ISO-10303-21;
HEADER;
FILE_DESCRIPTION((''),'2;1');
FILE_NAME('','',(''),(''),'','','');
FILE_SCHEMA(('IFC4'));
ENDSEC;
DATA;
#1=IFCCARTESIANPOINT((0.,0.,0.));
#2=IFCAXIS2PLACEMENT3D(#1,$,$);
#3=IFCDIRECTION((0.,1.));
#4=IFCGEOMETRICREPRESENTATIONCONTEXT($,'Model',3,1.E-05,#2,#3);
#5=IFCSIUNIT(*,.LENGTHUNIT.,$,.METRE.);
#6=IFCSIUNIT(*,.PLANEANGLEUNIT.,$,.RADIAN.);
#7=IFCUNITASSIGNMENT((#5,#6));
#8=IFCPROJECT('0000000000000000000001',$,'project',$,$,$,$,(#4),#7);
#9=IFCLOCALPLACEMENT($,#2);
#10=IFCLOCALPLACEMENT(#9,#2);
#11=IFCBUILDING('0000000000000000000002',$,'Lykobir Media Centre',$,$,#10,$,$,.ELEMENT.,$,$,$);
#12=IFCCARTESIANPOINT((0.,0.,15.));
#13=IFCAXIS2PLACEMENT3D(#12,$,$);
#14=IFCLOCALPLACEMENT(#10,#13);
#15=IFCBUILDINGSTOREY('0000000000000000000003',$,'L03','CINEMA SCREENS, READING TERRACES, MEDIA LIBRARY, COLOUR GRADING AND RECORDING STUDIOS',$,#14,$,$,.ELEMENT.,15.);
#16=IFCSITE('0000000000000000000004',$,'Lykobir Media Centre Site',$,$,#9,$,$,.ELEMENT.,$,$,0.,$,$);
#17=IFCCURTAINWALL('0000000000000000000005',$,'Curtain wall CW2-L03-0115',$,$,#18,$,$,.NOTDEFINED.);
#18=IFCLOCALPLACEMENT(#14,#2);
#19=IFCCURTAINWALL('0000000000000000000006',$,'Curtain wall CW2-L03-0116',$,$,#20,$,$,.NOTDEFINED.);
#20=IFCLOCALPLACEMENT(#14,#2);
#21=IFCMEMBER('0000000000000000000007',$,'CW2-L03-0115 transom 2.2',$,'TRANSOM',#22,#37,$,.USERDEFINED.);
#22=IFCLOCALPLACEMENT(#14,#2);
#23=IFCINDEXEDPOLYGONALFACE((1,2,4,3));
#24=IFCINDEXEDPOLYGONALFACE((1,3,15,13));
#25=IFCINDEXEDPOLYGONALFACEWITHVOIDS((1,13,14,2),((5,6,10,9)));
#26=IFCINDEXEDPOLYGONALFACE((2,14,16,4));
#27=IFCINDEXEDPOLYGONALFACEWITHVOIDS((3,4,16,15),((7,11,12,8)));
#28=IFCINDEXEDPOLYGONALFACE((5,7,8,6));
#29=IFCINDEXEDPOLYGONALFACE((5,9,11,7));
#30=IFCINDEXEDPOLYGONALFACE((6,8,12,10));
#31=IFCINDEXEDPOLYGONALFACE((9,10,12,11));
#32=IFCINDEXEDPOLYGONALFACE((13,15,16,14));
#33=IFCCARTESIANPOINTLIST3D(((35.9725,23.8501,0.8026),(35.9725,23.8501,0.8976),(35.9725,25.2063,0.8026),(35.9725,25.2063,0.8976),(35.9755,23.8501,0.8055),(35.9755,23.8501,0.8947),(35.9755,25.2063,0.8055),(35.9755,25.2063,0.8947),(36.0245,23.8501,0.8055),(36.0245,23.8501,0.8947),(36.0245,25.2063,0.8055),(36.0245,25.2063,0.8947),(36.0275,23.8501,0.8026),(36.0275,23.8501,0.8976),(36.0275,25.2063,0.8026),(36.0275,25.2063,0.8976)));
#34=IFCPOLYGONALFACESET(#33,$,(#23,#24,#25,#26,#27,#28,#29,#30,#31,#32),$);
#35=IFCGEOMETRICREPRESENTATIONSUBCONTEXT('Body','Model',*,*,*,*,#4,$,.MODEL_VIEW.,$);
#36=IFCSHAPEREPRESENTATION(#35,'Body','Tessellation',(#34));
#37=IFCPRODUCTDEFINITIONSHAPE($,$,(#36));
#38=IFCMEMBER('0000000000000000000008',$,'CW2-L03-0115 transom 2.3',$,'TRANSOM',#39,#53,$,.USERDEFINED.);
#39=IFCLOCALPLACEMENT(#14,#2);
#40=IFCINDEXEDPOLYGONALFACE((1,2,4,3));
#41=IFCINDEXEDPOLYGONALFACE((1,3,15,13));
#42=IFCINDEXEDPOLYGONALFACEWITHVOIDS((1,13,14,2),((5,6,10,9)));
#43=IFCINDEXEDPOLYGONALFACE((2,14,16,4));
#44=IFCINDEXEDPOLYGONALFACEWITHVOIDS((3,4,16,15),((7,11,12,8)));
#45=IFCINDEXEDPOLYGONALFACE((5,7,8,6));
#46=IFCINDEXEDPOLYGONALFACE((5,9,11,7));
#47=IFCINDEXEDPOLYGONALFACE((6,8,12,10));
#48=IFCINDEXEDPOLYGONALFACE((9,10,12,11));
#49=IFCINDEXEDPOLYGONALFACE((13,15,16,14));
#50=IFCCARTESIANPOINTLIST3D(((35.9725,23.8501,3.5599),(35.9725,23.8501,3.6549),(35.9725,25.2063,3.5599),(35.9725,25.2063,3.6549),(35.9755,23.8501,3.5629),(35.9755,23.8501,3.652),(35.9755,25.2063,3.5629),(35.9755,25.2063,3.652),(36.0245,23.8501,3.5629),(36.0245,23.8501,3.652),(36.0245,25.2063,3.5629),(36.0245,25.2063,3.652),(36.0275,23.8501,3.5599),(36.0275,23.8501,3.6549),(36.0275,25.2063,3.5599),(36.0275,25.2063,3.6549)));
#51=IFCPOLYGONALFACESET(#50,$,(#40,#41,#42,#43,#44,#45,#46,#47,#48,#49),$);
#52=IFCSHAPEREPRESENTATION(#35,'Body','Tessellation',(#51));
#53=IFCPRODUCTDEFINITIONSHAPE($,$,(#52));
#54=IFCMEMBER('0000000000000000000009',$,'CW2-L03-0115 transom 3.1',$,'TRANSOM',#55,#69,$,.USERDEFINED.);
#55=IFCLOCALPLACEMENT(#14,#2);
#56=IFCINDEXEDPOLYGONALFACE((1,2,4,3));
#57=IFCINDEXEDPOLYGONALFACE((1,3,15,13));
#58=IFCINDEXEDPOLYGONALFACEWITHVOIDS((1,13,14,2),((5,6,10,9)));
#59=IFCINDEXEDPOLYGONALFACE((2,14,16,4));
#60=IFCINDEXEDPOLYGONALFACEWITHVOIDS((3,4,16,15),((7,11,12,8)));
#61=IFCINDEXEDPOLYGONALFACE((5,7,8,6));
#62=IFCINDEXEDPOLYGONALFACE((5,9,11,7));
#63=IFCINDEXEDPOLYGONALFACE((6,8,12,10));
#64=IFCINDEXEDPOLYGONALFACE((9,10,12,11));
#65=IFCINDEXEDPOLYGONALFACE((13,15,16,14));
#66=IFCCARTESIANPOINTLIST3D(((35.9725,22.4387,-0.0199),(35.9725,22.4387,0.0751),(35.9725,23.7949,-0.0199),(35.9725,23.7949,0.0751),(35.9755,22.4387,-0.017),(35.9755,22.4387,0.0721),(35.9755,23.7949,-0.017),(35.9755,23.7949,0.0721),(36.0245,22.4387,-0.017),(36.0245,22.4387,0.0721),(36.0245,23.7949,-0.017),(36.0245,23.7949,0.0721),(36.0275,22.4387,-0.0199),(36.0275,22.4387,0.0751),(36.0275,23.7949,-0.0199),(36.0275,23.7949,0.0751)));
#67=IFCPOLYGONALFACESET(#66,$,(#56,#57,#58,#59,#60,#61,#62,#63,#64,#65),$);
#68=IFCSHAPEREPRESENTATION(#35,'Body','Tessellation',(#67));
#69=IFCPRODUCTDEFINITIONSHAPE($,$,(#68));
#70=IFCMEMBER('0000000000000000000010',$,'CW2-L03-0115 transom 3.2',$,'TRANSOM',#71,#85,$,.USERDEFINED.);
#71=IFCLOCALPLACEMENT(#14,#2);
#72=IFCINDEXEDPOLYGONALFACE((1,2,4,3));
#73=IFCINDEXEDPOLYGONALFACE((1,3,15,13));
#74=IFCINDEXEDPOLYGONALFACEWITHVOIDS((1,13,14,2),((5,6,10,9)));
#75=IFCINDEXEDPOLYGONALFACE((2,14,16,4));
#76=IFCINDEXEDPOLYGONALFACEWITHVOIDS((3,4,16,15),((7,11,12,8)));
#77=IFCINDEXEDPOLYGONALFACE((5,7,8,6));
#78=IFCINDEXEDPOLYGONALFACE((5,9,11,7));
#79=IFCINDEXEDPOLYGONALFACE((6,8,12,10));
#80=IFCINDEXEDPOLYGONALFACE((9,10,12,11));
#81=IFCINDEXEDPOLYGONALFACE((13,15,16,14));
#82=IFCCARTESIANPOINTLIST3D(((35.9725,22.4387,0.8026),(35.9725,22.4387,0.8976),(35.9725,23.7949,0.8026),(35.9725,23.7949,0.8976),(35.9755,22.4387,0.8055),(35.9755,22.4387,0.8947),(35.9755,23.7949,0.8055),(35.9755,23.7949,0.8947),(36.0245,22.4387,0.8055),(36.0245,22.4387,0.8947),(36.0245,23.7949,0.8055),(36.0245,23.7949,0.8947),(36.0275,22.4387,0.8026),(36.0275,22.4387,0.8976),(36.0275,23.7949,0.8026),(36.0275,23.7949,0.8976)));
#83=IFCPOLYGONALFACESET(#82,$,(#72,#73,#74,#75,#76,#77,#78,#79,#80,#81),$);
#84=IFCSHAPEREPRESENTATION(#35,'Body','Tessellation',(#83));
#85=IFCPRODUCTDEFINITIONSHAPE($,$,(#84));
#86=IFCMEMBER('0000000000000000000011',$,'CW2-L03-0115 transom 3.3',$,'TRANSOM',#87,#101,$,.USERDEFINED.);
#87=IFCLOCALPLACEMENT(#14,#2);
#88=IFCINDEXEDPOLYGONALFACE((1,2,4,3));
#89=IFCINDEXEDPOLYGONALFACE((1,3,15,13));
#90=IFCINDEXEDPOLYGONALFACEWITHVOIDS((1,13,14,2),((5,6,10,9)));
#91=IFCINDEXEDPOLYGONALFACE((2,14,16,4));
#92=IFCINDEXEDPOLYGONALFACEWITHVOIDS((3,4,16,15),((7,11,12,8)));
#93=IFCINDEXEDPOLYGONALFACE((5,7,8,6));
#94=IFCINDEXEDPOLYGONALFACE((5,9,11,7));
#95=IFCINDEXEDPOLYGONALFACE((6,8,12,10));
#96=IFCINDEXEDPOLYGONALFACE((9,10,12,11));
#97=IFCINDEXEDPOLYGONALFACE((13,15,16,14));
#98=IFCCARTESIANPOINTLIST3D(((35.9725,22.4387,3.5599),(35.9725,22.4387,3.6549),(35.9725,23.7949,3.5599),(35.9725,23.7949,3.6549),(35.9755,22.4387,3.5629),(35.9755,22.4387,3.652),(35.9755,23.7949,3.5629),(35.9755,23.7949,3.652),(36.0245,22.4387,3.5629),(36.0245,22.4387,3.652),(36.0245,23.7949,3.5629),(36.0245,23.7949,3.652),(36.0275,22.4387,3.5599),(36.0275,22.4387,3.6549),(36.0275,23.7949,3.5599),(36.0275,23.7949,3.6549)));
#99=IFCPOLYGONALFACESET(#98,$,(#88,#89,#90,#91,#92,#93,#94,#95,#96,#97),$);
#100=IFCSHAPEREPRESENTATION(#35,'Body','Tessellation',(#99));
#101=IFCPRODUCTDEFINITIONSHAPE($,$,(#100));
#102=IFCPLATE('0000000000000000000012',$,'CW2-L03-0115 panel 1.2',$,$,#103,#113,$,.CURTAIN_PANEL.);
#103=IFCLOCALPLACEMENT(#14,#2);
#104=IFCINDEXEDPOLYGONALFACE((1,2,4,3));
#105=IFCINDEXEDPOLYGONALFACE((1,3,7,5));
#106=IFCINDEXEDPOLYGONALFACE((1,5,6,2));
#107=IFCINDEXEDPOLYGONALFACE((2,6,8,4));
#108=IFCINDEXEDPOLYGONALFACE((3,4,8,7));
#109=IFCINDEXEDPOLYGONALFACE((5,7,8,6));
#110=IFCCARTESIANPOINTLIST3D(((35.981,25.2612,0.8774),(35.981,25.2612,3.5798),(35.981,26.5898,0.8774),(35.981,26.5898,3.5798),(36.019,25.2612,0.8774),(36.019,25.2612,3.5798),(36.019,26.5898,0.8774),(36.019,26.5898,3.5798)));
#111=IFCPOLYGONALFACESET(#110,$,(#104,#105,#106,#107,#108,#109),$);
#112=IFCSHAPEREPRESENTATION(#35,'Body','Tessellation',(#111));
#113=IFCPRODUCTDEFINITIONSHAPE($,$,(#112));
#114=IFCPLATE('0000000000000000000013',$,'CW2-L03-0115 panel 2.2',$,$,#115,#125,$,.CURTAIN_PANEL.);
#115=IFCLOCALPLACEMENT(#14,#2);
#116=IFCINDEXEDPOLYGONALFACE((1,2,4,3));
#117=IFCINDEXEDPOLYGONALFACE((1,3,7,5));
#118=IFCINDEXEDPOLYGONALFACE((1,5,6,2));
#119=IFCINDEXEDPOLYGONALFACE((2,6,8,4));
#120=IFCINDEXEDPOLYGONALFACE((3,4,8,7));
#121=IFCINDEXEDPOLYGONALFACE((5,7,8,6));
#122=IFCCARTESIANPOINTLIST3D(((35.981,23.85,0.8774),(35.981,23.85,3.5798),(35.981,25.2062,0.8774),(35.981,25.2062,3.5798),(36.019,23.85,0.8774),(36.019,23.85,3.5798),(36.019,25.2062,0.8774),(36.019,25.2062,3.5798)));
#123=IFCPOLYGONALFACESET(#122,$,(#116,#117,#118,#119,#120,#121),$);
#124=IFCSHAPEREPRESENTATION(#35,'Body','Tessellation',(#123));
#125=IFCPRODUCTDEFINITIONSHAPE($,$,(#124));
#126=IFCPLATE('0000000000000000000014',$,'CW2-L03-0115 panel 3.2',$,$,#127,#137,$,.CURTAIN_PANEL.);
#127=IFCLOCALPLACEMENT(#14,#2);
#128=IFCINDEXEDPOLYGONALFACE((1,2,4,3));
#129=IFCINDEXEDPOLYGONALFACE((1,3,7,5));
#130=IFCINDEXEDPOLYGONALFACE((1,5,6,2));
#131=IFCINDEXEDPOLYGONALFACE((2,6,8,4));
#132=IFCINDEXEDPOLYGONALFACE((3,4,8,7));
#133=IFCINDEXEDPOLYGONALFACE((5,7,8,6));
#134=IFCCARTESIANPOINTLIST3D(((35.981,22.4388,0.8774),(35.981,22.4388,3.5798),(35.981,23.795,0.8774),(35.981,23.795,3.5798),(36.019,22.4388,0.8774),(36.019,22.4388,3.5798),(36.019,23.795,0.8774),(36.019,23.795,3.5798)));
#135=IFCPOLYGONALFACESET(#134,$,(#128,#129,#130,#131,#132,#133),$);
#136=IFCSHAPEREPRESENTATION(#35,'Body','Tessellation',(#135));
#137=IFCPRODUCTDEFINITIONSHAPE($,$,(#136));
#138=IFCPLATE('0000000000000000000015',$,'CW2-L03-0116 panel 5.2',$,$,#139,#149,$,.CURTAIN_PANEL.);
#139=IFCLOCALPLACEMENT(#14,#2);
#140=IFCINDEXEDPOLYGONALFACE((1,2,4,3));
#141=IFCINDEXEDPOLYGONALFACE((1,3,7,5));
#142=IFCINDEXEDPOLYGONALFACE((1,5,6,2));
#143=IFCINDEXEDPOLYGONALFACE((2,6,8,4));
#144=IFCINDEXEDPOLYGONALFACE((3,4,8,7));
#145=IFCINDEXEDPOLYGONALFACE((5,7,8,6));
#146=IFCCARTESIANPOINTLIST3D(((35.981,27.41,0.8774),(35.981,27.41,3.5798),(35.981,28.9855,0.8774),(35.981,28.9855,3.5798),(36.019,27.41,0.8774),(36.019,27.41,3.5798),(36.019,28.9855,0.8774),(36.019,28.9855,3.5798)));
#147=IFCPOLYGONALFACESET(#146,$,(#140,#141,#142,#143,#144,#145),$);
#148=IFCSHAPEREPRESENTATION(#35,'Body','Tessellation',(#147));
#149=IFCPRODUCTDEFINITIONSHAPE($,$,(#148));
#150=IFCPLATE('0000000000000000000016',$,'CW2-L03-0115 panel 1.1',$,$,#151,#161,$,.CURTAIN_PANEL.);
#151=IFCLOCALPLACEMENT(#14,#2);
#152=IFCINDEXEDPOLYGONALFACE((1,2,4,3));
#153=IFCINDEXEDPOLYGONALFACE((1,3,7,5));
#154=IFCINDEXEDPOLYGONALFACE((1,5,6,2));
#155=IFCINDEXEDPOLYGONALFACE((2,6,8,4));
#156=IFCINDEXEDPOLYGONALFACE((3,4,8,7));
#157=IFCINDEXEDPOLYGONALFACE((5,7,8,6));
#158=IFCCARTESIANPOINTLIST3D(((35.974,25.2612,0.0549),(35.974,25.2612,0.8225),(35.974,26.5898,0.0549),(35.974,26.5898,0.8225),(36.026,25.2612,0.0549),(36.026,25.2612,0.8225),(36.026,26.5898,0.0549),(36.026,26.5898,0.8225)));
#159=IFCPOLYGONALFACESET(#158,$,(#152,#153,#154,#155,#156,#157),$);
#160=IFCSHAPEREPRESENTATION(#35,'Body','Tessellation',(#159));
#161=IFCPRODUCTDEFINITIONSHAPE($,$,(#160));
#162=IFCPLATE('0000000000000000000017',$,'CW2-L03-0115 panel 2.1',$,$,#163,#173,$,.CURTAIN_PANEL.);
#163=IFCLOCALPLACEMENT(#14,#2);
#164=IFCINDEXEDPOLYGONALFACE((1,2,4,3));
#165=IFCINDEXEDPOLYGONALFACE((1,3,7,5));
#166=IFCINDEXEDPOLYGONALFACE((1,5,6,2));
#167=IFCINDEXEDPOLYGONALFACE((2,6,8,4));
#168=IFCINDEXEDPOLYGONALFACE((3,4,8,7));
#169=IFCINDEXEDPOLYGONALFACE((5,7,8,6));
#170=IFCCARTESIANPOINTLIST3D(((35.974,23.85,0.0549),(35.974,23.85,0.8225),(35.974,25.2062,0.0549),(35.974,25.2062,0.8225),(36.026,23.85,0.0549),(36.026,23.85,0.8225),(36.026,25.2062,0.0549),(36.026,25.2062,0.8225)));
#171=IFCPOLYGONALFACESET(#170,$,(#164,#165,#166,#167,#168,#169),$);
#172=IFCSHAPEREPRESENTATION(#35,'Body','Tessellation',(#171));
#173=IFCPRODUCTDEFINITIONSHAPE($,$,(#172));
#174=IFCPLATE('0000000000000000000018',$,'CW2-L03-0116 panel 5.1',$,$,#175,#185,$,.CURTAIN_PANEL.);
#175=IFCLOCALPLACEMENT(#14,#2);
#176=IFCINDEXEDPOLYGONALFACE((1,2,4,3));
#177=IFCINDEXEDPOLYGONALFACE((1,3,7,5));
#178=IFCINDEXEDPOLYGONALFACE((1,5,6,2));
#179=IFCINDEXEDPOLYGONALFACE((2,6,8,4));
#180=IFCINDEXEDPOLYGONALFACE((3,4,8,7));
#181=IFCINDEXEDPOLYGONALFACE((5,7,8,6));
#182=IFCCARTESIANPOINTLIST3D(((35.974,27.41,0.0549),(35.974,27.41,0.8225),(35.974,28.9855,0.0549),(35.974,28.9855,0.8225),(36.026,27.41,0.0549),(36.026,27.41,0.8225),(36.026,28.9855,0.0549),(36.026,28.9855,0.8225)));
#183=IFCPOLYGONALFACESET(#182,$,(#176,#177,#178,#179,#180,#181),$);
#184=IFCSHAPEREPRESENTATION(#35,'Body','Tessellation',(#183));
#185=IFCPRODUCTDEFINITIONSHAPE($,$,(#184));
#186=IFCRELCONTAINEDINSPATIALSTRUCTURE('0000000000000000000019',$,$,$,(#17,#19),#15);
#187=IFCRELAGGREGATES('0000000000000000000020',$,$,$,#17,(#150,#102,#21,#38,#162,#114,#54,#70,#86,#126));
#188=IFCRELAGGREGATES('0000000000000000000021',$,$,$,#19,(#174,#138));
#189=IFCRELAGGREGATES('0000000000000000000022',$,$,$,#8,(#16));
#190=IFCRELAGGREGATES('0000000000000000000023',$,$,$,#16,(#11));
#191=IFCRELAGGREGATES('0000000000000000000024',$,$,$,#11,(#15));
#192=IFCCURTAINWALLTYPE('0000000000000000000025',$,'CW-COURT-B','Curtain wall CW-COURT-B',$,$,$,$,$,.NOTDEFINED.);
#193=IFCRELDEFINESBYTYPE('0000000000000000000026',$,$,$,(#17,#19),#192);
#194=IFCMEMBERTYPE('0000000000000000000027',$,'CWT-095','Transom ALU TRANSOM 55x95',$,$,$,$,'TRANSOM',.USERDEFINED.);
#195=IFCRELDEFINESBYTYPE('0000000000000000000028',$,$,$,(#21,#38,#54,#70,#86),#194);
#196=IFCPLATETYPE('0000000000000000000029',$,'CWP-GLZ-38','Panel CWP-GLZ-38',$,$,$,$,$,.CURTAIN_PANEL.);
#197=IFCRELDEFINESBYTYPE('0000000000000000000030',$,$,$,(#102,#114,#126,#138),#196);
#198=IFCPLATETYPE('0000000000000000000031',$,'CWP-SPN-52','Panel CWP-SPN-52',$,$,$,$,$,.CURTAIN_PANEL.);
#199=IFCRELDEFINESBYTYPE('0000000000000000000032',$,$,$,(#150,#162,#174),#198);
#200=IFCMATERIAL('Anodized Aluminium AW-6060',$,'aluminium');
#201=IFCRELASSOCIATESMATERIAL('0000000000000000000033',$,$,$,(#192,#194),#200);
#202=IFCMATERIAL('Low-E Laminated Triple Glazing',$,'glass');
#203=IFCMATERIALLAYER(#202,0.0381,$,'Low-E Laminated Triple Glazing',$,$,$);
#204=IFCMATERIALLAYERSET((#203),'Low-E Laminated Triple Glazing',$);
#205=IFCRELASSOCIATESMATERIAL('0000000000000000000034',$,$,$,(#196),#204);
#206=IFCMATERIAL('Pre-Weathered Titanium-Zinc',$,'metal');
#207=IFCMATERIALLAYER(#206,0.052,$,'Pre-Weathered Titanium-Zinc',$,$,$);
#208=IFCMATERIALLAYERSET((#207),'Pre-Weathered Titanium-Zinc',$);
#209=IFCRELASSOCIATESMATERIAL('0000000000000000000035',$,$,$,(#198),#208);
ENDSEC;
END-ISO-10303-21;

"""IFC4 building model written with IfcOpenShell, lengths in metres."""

from ifc_helpers import new_model, si_unit, direction, frame, origin, origin_2d, place, context, subcontext, project, spatial, rectangle, hollow_rectangle, extrude, material, layer, layer_set, material_profile, profile_set, type_object, element, aggregate, save


model = new_model("IFC4")

# Units and contexts
model_context = context("Model", 3, precision=1e-05, world=origin(), true_north=direction((0.0, 1.0)))
body_context = subcontext(model_context, "Body", "Model", "MODEL_VIEW")
ifc_project = project(units=[si_unit("LENGTHUNIT", "METRE"), si_unit("PLANEANGLEUNIT", "RADIAN")], contexts=[model_context])

# Site, building, storey
site_placement = place(None, origin())
site = spatial("IfcSite", under=ifc_project, at=site_placement, Name="Lykobir Media Centre Site", CompositionType="ELEMENT", RefElevation=0.0)
building_placement = place(site_placement, origin())
building = spatial("IfcBuilding", under=site, at=building_placement, Name="Lykobir Media Centre", CompositionType="ELEMENT")
storey_placement = place(building_placement, frame((0.0, 0.0, 15.0)))
storey = spatial("IfcBuildingStorey", under=building, at=storey_placement, Name="L03", Description="CINEMA SCREENS, READING TERRACES, MEDIA LIBRARY, COLOUR GRADING AND RECORDING STUDIOS", CompositionType="ELEMENT", Elevation=15.0)

# Curtain wall
ifc_material_1 = material(Name="Anodized Aluminium AW-6060", Category="aluminium")
curtain_wall_type = type_object("IfcCurtainWallType", Name="CW-COURT-B", Description="Curtain wall CW-COURT-B", PredefinedType="NOTDEFINED", material=ifc_material_1)
curtain_wall_1_placement = place(storey_placement, origin())
curtain_wall_1 = element("IfcCurtainWall", 1, at=curtain_wall_1_placement, inside=storey, type_object=curtain_wall_type, Name="Curtain wall CW2-L03-0115", PredefinedType="NOTDEFINED")

# Curtain wall
curtain_wall_2_placement = place(storey_placement, origin())
curtain_wall_2 = element("IfcCurtainWall", 2, at=curtain_wall_2_placement, inside=storey, type_object=curtain_wall_type, Name="Curtain wall CW2-L03-0116", PredefinedType="NOTDEFINED")

# Members
ifc_material_profile_1 = material_profile(ifc_material_1, hollow_rectangle(XDim=0.0549, YDim=0.095, WallThickness=0.0029, at=origin_2d()), Name="ALU TRANSOM 55x95")
ifc_profile_set_1 = profile_set([ifc_material_profile_1], Name="Anodized Aluminium AW-6060")
member_type_1 = type_object("IfcMemberType", Name="CWT-095", Description="Transom ALU TRANSOM 55x95", ElementType="TRANSOM", PredefinedType="USERDEFINED", material=ifc_profile_set_1)
member_1_placement = place(storey_placement, frame((36.0, 25.2063, 0.8501), z_axis=(0.0, -1.0, 0.0), x_axis=(1.0, 0.0, 0.0)))
member_1 = element("IfcMember", 3, at=member_1_placement, type_object=member_type_1, Name="CW2-L03-0115 transom 2.2", ObjectType="TRANSOM", PredefinedType="USERDEFINED", context=body_context, shape_type="SweptSolid", body=[
    extrude(hollow_rectangle(XDim=0.0549, YDim=0.095, WallThickness=0.0029, at=origin_2d()), origin(), (0.0, 0.0, 1.0), 1.3562),
])
member_2_placement = place(storey_placement, frame((36.0, 25.2063, 3.6074), z_axis=(0.0, -1.0, 0.0), x_axis=(1.0, 0.0, 0.0)))
member_2 = element("IfcMember", 4, at=member_2_placement, type_object=member_type_1, Name="CW2-L03-0115 transom 2.3", ObjectType="TRANSOM", PredefinedType="USERDEFINED", context=body_context, shape_type="SweptSolid", body=[
    extrude(hollow_rectangle(XDim=0.0549, YDim=0.095, WallThickness=0.0029, at=origin_2d()), origin(), (0.0, 0.0, 1.0), 1.3562),
])
member_3_placement = place(storey_placement, frame((36.0, 23.7949, 0.0276), z_axis=(0.0, -1.0, 0.0), x_axis=(1.0, 0.0, 0.0)))
member_3 = element("IfcMember", 5, at=member_3_placement, type_object=member_type_1, Name="CW2-L03-0115 transom 3.1", ObjectType="TRANSOM", PredefinedType="USERDEFINED", context=body_context, shape_type="SweptSolid", body=[
    extrude(hollow_rectangle(XDim=0.0549, YDim=0.095, WallThickness=0.0029, at=origin_2d()), origin(), (0.0, 0.0, 1.0), 1.3562),
])
member_4_placement = place(storey_placement, frame((36.0, 23.7949, 0.8501), z_axis=(0.0, -1.0, 0.0), x_axis=(1.0, 0.0, 0.0)))
member_4 = element("IfcMember", 6, at=member_4_placement, type_object=member_type_1, Name="CW2-L03-0115 transom 3.2", ObjectType="TRANSOM", PredefinedType="USERDEFINED", context=body_context, shape_type="SweptSolid", body=[
    extrude(hollow_rectangle(XDim=0.0549, YDim=0.095, WallThickness=0.0029, at=origin_2d()), origin(), (0.0, 0.0, 1.0), 1.3562),
])
member_5_placement = place(storey_placement, frame((36.0, 23.7949, 3.6074), z_axis=(0.0, -1.0, 0.0), x_axis=(1.0, 0.0, 0.0)))
member_5 = element("IfcMember", 7, at=member_5_placement, type_object=member_type_1, Name="CW2-L03-0115 transom 3.3", ObjectType="TRANSOM", PredefinedType="USERDEFINED", context=body_context, shape_type="SweptSolid", body=[
    extrude(hollow_rectangle(XDim=0.0549, YDim=0.095, WallThickness=0.0029, at=origin_2d()), origin(), (0.0, 0.0, 1.0), 1.3562),
])

# Plates
ifc_material_2 = material(Name="Low-E Laminated Triple Glazing", Category="glass")
ifc_layer_1 = layer(ifc_material_2, 0.0381, Name="Low-E Laminated Triple Glazing")
ifc_layer_set_1 = layer_set([ifc_layer_1], Name="Low-E Laminated Triple Glazing")
plate_type_1 = type_object("IfcPlateType", Name="CWP-GLZ-38", Description="Panel CWP-GLZ-38", PredefinedType="CURTAIN_PANEL", material=ifc_layer_set_1)
plate_1_placement = place(storey_placement, frame((36.0, 25.9255, 0.8774), z_axis=(0.0, 0.0, 1.0), x_axis=(0.0, -1.0, 0.0)))
plate_1 = element("IfcPlate", 8, at=plate_1_placement, type_object=plate_type_1, Name="CW2-L03-0115 panel 1.2", PredefinedType="CURTAIN_PANEL", context=body_context, shape_type="SweptSolid", body=[
    extrude(rectangle(XDim=1.3286, YDim=0.0381, at=origin_2d()), origin(), (0.0, 0.0, 1.0), 2.7024),
])
plate_2_placement = place(storey_placement, frame((36.0, 24.5281, 0.8774), z_axis=(0.0, 0.0, 1.0), x_axis=(0.0, -1.0, 0.0)))
plate_2 = element("IfcPlate", 9, at=plate_2_placement, type_object=plate_type_1, Name="CW2-L03-0115 panel 2.2", PredefinedType="CURTAIN_PANEL", context=body_context, shape_type="SweptSolid", body=[
    extrude(rectangle(XDim=1.3562, YDim=0.0381, at=origin_2d()), origin(), (0.0, 0.0, 1.0), 2.7024),
])
plate_3_placement = place(storey_placement, frame((36.0, 23.1169, 0.8774), z_axis=(0.0, 0.0, 1.0), x_axis=(0.0, -1.0, 0.0)))
plate_3 = element("IfcPlate", 10, at=plate_3_placement, type_object=plate_type_1, Name="CW2-L03-0115 panel 3.2", PredefinedType="CURTAIN_PANEL", context=body_context, shape_type="SweptSolid", body=[
    extrude(rectangle(XDim=1.3562, YDim=0.0381, at=origin_2d()), origin(), (0.0, 0.0, 1.0), 2.7024),
])
plate_4_placement = place(storey_placement, frame((36.0, 28.1978, 0.8774), z_axis=(0.0, 0.0, 1.0), x_axis=(0.0, -1.0, 0.0)))
plate_4 = element("IfcPlate", 11, at=plate_4_placement, type_object=plate_type_1, Name="CW2-L03-0116 panel 5.2", PredefinedType="CURTAIN_PANEL", context=body_context, shape_type="SweptSolid", body=[
    extrude(rectangle(XDim=1.5754, YDim=0.0381, at=origin_2d()), origin(), (0.0, 0.0, 1.0), 2.7024),
])
ifc_material_3 = material(Name="Pre-Weathered Titanium-Zinc", Category="metal")
ifc_layer_2 = layer(ifc_material_3, 0.052, Name="Pre-Weathered Titanium-Zinc")
ifc_layer_set_2 = layer_set([ifc_layer_2], Name="Pre-Weathered Titanium-Zinc")
plate_type_2 = type_object("IfcPlateType", Name="CWP-SPN-52", Description="Panel CWP-SPN-52", PredefinedType="CURTAIN_PANEL", material=ifc_layer_set_2)
plate_5_placement = place(storey_placement, frame((36.0, 25.9255, 0.0549), z_axis=(0.0, 0.0, 1.0), x_axis=(0.0, -1.0, 0.0)))
plate_5 = element("IfcPlate", 12, at=plate_5_placement, type_object=plate_type_2, Name="CW2-L03-0115 panel 1.1", PredefinedType="CURTAIN_PANEL", context=body_context, shape_type="SweptSolid", body=[
    extrude(rectangle(XDim=1.3286, YDim=0.052, at=origin_2d()), origin(), (0.0, 0.0, 1.0), 0.7676),
])
plate_6_placement = place(storey_placement, frame((36.0, 24.5281, 0.0549), z_axis=(0.0, 0.0, 1.0), x_axis=(0.0, -1.0, 0.0)))
plate_6 = element("IfcPlate", 13, at=plate_6_placement, type_object=plate_type_2, Name="CW2-L03-0115 panel 2.1", PredefinedType="CURTAIN_PANEL", context=body_context, shape_type="SweptSolid", body=[
    extrude(rectangle(XDim=1.3562, YDim=0.052, at=origin_2d()), origin(), (0.0, 0.0, 1.0), 0.7676),
])
aggregate(curtain_wall_1, [plate_5, plate_1, member_1, member_2, plate_6, plate_2, member_3, member_4, member_5, plate_3])
plate_7_placement = place(storey_placement, frame((36.0, 28.1978, 0.0549), z_axis=(0.0, 0.0, 1.0), x_axis=(0.0, -1.0, 0.0)))
plate_7 = element("IfcPlate", 14, at=plate_7_placement, type_object=plate_type_2, Name="CW2-L03-0116 panel 5.1", PredefinedType="CURTAIN_PANEL", context=body_context, shape_type="SweptSolid", body=[
    extrude(rectangle(XDim=1.5754, YDim=0.052, at=origin_2d()), origin(), (0.0, 0.0, 1.0), 0.7676),
])
aggregate(curtain_wall_2, [plate_7, plate_4])

save(model, "model.ifc")
